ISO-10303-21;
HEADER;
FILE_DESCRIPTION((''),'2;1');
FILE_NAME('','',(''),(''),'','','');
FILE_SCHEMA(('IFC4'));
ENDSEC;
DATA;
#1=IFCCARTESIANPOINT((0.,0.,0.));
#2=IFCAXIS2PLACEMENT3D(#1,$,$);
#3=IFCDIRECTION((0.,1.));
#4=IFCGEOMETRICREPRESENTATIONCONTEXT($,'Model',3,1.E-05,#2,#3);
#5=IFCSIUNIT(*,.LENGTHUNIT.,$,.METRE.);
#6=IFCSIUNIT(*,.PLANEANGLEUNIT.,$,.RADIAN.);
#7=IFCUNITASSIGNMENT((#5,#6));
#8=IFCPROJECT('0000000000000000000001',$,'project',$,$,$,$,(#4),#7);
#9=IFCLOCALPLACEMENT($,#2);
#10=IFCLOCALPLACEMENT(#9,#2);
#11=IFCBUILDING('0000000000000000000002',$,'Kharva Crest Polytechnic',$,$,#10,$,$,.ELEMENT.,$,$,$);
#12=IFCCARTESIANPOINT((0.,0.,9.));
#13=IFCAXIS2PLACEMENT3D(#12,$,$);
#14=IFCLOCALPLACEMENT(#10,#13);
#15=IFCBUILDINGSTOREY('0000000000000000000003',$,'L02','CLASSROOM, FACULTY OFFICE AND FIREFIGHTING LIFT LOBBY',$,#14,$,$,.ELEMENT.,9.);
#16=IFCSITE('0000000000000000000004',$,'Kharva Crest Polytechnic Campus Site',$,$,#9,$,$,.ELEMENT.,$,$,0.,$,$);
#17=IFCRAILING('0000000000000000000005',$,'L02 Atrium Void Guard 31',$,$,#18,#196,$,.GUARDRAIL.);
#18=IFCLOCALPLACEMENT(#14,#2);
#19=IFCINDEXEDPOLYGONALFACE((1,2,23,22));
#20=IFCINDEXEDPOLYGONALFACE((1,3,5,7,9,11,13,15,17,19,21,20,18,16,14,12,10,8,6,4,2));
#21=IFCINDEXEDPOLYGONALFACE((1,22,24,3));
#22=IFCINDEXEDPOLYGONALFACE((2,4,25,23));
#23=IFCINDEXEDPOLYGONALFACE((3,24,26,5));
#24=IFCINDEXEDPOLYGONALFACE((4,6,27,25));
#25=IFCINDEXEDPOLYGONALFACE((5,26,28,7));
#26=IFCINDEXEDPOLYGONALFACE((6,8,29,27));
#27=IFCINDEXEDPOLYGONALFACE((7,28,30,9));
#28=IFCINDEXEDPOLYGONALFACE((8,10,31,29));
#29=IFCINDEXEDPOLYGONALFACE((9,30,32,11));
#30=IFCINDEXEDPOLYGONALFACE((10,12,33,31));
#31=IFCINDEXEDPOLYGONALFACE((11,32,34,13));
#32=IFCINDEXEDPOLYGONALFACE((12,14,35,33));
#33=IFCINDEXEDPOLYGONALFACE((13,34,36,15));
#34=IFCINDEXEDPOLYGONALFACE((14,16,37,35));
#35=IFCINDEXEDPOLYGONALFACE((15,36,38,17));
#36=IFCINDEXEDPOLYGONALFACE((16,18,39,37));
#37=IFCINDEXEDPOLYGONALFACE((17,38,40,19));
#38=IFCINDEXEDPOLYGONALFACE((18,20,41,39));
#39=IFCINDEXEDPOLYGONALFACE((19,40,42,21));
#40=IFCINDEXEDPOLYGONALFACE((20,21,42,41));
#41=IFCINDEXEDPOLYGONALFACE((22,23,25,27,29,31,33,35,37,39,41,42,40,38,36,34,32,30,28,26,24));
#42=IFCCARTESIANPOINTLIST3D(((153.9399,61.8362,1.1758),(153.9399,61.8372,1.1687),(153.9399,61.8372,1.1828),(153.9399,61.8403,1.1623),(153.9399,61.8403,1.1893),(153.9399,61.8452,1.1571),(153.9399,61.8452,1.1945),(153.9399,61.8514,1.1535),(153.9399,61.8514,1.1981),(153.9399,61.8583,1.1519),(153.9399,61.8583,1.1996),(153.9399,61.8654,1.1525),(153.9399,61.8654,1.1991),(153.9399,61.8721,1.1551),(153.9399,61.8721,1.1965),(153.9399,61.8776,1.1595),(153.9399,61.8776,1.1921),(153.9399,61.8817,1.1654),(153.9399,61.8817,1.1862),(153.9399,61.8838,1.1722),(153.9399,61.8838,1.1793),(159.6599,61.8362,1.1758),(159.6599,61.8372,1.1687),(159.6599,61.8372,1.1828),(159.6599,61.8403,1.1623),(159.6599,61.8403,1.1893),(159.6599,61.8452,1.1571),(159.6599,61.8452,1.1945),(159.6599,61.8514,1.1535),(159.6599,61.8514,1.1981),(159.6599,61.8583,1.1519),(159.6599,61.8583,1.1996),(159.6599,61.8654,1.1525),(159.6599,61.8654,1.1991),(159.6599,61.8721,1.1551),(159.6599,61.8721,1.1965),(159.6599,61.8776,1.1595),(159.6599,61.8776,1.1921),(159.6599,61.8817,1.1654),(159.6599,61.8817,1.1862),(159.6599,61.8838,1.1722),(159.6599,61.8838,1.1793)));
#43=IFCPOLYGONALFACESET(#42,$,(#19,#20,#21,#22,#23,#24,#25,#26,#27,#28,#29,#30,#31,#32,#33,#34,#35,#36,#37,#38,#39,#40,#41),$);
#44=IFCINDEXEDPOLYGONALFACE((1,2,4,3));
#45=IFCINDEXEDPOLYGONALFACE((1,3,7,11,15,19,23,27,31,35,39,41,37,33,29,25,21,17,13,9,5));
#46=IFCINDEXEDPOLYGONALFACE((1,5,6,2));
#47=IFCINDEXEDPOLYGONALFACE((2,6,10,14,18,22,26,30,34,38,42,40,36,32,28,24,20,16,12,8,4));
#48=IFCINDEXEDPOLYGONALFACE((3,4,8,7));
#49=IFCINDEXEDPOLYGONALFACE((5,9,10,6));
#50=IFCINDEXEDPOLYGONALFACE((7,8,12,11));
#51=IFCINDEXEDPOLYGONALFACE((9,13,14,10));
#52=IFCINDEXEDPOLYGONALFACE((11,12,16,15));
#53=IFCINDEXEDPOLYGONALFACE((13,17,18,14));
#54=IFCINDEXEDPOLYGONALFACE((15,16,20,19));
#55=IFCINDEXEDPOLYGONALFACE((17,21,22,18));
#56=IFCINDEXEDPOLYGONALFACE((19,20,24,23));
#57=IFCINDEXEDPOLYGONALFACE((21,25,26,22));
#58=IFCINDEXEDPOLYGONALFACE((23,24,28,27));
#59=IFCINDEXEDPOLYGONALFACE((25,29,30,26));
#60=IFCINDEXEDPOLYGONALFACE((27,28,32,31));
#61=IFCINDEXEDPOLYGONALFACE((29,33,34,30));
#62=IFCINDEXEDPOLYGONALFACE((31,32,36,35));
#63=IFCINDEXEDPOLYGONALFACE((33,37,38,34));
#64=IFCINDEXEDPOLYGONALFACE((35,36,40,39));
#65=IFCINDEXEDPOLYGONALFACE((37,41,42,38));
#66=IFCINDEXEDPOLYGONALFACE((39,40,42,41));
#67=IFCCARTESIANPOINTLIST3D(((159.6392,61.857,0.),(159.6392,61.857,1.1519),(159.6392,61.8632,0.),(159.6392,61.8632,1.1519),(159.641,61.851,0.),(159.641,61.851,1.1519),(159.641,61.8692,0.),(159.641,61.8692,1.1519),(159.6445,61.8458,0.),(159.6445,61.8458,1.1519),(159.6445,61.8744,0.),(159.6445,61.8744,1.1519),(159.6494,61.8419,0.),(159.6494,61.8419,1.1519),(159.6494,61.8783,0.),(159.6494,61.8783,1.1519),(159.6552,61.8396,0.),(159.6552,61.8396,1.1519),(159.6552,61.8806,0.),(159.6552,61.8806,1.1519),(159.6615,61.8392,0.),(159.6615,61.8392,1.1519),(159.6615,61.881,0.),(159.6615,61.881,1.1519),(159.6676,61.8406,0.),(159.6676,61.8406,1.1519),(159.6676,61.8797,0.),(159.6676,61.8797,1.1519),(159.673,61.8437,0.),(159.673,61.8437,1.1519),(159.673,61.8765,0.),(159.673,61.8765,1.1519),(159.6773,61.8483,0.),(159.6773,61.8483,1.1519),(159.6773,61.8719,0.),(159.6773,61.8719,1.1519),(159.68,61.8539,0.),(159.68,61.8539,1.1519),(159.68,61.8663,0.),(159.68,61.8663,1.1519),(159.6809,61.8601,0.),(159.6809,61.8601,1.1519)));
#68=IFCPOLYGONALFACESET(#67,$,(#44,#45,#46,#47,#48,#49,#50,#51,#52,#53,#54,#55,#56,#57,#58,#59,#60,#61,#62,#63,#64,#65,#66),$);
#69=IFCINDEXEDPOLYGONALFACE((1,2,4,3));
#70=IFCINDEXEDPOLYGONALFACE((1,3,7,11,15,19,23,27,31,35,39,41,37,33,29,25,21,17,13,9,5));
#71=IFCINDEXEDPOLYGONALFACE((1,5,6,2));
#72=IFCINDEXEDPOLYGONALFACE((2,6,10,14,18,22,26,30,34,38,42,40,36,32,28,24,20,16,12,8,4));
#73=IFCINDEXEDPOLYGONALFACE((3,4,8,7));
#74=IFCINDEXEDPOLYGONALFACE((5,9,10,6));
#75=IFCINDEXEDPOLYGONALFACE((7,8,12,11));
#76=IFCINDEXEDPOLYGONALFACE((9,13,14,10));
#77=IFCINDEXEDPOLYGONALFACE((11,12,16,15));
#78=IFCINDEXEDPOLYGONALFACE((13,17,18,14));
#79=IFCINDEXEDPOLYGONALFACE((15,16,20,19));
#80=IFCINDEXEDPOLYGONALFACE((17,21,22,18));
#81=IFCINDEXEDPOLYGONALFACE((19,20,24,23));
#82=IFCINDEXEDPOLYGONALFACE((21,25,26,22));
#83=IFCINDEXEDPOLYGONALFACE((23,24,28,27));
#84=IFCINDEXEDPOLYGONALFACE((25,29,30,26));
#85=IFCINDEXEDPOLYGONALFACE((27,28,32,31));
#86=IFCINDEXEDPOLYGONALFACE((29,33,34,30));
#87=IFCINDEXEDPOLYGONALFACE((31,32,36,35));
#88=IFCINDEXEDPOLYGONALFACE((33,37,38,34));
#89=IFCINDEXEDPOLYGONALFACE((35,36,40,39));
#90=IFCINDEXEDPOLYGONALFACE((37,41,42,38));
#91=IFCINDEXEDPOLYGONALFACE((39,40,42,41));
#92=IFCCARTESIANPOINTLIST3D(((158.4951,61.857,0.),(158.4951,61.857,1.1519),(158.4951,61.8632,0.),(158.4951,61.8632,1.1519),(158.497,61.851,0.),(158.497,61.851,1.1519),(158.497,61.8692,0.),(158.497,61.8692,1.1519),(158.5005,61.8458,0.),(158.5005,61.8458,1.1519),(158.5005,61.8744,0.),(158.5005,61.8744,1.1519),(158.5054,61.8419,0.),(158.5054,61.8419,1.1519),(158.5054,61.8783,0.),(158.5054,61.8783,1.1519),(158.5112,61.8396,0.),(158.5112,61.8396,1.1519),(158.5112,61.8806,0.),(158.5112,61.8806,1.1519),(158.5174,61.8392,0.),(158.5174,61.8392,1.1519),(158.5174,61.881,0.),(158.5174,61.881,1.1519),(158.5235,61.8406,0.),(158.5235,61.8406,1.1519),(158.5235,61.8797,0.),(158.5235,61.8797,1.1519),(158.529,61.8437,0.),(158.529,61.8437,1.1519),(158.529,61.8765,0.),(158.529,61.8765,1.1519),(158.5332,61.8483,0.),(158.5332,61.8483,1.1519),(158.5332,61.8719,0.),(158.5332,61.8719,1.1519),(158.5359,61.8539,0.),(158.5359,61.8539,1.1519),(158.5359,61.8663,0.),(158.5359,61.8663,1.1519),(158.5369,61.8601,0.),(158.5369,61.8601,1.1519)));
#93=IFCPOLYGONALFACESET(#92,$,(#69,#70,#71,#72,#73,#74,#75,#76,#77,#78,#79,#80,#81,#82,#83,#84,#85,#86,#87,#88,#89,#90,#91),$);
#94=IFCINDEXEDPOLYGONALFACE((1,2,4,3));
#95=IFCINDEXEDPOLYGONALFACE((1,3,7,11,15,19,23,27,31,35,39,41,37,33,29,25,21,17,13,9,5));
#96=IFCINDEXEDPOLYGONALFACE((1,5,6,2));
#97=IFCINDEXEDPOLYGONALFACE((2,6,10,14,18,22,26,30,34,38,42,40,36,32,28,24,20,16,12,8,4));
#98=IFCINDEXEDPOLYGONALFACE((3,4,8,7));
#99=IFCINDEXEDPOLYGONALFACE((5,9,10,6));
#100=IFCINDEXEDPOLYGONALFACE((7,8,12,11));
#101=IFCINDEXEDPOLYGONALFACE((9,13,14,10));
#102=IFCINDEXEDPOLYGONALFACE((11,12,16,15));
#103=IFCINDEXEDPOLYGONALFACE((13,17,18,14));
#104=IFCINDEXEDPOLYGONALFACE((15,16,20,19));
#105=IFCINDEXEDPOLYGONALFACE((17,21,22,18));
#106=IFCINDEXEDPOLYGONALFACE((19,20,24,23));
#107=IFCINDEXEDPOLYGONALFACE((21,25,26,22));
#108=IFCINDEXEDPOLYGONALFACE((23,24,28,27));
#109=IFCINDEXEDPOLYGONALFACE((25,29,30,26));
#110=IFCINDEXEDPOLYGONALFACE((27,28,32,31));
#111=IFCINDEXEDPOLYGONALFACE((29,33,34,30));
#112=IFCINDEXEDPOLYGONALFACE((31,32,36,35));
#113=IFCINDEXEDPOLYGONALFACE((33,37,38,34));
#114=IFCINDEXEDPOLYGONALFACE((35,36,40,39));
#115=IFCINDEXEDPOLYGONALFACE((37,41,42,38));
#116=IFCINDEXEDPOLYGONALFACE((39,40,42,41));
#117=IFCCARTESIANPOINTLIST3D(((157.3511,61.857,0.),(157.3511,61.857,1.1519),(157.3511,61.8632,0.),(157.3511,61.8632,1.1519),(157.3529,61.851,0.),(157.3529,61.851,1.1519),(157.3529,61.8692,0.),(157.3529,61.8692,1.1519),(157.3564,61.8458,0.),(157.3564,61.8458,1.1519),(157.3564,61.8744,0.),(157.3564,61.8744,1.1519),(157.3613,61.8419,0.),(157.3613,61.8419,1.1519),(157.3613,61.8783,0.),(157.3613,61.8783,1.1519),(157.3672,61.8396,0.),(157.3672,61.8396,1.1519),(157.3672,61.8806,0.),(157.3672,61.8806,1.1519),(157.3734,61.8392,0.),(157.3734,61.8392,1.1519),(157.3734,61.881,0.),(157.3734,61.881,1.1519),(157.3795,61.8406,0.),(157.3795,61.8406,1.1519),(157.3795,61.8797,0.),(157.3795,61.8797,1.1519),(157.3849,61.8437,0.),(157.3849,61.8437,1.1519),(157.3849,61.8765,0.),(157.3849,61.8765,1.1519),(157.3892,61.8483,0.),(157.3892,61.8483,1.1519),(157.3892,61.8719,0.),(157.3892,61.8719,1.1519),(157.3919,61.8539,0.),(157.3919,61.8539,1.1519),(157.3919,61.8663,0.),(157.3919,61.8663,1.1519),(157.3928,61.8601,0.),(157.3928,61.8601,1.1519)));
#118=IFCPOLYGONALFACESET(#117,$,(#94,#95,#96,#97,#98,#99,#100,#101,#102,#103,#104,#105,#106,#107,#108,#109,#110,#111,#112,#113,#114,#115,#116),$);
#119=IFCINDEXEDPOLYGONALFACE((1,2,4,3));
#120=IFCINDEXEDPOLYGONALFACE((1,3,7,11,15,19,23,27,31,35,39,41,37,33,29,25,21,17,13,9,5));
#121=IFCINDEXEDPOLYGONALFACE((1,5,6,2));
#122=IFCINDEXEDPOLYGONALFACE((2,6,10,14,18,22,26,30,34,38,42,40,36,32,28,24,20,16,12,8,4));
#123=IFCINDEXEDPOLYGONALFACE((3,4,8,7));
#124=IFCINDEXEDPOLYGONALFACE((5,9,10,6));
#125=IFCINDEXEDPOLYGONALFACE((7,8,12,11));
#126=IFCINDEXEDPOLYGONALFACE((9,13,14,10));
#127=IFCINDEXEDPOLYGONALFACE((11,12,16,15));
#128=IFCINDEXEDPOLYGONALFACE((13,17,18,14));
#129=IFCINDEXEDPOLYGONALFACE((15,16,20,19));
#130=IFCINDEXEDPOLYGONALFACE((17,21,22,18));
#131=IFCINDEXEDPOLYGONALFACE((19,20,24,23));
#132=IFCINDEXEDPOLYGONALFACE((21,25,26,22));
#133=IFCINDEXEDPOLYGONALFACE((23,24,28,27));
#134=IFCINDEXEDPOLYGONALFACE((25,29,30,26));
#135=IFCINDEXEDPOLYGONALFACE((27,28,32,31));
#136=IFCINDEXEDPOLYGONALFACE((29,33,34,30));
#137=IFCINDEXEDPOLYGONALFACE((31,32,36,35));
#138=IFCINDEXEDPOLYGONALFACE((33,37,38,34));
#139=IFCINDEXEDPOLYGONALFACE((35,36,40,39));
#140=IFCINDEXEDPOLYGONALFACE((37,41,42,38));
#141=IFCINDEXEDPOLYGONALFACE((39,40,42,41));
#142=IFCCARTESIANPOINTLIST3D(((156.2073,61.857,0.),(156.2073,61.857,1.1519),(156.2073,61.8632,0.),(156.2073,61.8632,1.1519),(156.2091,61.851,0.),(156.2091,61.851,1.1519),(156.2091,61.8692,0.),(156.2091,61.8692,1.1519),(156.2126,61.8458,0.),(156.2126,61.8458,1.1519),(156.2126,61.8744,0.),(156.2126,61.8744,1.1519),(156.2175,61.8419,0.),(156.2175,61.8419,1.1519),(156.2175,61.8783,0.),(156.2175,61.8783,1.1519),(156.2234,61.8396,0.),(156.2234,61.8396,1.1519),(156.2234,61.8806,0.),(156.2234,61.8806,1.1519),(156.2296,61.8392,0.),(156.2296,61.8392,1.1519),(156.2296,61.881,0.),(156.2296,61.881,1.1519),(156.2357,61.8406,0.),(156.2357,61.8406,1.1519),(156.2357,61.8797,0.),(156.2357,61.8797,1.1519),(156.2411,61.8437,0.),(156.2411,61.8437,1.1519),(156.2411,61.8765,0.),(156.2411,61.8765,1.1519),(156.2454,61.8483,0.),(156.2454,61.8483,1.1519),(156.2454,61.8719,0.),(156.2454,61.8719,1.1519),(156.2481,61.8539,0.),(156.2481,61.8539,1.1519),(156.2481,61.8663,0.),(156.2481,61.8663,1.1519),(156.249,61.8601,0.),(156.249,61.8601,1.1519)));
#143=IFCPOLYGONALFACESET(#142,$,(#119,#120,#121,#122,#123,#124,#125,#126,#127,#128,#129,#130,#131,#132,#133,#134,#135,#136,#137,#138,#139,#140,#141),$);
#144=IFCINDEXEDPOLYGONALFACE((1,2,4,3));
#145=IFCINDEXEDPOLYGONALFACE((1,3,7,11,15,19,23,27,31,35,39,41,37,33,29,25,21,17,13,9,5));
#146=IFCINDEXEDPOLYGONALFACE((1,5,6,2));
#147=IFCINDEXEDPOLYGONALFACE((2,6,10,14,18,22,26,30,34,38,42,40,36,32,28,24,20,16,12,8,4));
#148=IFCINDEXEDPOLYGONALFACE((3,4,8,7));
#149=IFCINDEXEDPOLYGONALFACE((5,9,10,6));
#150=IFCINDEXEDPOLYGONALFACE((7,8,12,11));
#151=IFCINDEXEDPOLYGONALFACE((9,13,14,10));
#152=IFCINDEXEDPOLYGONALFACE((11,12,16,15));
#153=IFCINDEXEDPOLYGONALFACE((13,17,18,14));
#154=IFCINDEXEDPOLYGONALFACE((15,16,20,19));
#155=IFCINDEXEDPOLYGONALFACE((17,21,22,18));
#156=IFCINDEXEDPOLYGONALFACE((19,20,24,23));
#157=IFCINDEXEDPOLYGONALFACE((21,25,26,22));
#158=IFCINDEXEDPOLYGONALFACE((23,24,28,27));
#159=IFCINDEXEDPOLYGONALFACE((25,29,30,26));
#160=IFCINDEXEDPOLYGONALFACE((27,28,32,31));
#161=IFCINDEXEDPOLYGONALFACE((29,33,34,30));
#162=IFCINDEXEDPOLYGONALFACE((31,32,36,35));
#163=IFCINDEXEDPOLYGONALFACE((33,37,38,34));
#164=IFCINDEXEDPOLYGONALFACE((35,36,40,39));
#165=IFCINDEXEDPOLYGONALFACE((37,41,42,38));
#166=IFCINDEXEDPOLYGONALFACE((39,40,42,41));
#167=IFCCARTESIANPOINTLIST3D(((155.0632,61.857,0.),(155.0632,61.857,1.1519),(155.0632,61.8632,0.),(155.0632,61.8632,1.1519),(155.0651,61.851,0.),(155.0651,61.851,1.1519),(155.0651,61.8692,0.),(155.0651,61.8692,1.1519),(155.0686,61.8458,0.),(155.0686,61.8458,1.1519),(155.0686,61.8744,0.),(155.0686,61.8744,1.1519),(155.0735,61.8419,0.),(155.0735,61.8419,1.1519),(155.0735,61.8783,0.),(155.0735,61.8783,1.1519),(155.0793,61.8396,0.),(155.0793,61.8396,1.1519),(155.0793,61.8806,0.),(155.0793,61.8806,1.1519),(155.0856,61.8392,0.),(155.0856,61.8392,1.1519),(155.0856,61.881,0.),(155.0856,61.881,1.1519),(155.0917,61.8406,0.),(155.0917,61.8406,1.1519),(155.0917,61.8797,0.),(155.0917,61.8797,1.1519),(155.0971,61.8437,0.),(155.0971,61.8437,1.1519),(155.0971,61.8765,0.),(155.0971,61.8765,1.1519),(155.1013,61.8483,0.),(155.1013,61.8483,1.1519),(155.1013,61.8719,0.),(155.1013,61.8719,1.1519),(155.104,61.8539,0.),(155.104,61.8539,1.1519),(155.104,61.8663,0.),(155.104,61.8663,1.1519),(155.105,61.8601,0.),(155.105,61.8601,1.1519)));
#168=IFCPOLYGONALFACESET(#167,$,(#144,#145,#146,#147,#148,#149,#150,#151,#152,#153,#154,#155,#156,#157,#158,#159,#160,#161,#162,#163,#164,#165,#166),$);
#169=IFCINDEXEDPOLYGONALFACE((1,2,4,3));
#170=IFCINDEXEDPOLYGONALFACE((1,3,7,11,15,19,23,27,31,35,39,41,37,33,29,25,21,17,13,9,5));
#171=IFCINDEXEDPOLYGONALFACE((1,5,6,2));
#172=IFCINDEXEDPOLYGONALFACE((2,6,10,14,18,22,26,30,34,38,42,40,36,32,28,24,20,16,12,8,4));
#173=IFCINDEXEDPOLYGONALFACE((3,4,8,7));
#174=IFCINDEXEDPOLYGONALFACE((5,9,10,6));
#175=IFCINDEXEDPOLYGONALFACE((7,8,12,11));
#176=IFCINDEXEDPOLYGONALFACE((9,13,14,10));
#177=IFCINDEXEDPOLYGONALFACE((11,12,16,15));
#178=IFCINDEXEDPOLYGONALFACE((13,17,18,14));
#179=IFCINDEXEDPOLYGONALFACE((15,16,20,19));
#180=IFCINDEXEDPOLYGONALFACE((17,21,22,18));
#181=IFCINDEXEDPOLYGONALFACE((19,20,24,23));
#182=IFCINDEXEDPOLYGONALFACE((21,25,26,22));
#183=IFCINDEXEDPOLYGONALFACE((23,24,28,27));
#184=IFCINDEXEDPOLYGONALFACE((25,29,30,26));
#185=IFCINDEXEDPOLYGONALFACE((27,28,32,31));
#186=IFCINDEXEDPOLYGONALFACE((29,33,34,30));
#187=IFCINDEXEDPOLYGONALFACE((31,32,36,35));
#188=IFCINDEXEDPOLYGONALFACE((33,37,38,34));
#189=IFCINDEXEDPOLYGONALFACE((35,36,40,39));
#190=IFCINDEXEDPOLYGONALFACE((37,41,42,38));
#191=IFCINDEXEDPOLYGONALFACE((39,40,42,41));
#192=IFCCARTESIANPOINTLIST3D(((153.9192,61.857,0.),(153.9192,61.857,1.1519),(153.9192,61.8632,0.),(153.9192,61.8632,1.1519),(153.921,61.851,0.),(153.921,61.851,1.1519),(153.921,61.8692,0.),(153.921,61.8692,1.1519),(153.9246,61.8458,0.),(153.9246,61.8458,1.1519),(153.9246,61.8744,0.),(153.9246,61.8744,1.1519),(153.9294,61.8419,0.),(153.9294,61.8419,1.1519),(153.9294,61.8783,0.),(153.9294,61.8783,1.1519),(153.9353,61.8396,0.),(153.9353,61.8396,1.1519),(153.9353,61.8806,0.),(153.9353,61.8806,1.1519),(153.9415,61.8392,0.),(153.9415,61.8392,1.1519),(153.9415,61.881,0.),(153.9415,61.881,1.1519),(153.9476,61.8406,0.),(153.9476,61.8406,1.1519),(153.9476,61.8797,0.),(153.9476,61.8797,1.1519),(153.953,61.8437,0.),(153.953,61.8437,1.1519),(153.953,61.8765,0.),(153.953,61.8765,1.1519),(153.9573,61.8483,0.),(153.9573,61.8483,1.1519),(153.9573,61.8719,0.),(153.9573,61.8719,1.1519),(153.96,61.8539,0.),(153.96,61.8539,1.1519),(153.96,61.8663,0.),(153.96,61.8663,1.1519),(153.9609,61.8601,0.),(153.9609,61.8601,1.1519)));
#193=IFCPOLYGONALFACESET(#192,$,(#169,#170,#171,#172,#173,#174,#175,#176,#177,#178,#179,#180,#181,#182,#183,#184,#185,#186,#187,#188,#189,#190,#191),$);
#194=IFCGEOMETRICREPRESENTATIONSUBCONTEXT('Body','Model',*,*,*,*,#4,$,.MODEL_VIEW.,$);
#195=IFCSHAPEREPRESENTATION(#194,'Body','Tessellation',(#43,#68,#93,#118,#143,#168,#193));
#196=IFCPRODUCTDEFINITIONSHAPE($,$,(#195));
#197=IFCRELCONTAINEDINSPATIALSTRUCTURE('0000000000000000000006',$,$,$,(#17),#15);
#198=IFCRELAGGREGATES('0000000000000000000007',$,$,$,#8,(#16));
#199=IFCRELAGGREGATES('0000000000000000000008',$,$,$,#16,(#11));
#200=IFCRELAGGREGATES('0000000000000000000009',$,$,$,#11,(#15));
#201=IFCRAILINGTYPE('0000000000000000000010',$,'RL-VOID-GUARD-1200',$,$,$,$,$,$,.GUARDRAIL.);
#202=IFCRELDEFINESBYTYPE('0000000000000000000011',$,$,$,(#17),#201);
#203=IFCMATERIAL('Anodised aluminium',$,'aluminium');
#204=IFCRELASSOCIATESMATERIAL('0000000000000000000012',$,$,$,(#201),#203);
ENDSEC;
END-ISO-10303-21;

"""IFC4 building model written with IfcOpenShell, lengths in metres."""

from ifc_helpers import new_model, si_unit, direction, frame, origin, origin_2d, place, context, subcontext, project, spatial, circle, extrude, material, type_object, element, save


model = new_model("IFC4")

# Units and contexts
model_context = context("Model", 3, precision=1e-05, world=origin(), true_north=direction((0.0, 1.0)))
body_context = subcontext(model_context, "Body", "Model", "MODEL_VIEW")
ifc_project = project(units=[si_unit("LENGTHUNIT", "METRE"), si_unit("PLANEANGLEUNIT", "RADIAN")], contexts=[model_context])

# Site, building, storey
site_placement = place(None, origin())
site = spatial("IfcSite", under=ifc_project, at=site_placement, Name="Kharva Crest Polytechnic Campus Site", CompositionType="ELEMENT", RefElevation=0.0)
building_placement = place(site_placement, origin())
building = spatial("IfcBuilding", under=site, at=building_placement, Name="Kharva Crest Polytechnic", CompositionType="ELEMENT")
storey_placement = place(building_placement, frame((0.0, 0.0, 9.0)))
storey = spatial("IfcBuildingStorey", under=building, at=storey_placement, Name="L02", Description="CLASSROOM, FACULTY OFFICE AND FIREFIGHTING LIFT LOBBY", CompositionType="ELEMENT", Elevation=9.0)

# Shared definitions
ifc_material_1 = material(Name="Anodised aluminium", Category="aluminium")

# Railing
railing_type = type_object("IfcRailingType", Name="RL-VOID-GUARD-1200", PredefinedType="GUARDRAIL", material=ifc_material_1)
railing_1_placement = place(storey_placement, frame((159.6599, 61.8601, 0.0)))
element("IfcRailing", 1, at=railing_1_placement, inside=storey, type_object=railing_type, Name="L02 Atrium Void Guard 31", PredefinedType="GUARDRAIL", context=body_context, shape_type="SweptSolid", body=[
    extrude(circle(Radius=0.0239, at=origin_2d()), frame((0.0, 0.0, 1.1758), z_axis=(-1.0, 0.0, 0.0), x_axis=(0.0, -1.0, 0.0)), (0.0, 0.0, 1.0), 5.72),
    extrude(circle(Radius=0.021, at=origin_2d()), origin(), (0.0, 0.0, 1.0), 1.1519),
    extrude(circle(Radius=0.021, at=origin_2d()), frame((-1.144, 0.0, 0.0)), (0.0, 0.0, 1.0), 1.1519),
    extrude(circle(Radius=0.021, at=origin_2d()), frame((-2.2881, 0.0, 0.0)), (0.0, 0.0, 1.0), 1.1519),
    extrude(circle(Radius=0.021, at=origin_2d()), frame((-3.4319, 0.0, 0.0)), (0.0, 0.0, 1.0), 1.1519),
    extrude(circle(Radius=0.021, at=origin_2d()), frame((-4.5759, 0.0, 0.0)), (0.0, 0.0, 1.0), 1.1519),
    extrude(circle(Radius=0.021, at=origin_2d()), frame((-5.72, 0.0, 0.0)), (0.0, 0.0, 1.0), 1.1519),
])

save(model, "model.ifc")
